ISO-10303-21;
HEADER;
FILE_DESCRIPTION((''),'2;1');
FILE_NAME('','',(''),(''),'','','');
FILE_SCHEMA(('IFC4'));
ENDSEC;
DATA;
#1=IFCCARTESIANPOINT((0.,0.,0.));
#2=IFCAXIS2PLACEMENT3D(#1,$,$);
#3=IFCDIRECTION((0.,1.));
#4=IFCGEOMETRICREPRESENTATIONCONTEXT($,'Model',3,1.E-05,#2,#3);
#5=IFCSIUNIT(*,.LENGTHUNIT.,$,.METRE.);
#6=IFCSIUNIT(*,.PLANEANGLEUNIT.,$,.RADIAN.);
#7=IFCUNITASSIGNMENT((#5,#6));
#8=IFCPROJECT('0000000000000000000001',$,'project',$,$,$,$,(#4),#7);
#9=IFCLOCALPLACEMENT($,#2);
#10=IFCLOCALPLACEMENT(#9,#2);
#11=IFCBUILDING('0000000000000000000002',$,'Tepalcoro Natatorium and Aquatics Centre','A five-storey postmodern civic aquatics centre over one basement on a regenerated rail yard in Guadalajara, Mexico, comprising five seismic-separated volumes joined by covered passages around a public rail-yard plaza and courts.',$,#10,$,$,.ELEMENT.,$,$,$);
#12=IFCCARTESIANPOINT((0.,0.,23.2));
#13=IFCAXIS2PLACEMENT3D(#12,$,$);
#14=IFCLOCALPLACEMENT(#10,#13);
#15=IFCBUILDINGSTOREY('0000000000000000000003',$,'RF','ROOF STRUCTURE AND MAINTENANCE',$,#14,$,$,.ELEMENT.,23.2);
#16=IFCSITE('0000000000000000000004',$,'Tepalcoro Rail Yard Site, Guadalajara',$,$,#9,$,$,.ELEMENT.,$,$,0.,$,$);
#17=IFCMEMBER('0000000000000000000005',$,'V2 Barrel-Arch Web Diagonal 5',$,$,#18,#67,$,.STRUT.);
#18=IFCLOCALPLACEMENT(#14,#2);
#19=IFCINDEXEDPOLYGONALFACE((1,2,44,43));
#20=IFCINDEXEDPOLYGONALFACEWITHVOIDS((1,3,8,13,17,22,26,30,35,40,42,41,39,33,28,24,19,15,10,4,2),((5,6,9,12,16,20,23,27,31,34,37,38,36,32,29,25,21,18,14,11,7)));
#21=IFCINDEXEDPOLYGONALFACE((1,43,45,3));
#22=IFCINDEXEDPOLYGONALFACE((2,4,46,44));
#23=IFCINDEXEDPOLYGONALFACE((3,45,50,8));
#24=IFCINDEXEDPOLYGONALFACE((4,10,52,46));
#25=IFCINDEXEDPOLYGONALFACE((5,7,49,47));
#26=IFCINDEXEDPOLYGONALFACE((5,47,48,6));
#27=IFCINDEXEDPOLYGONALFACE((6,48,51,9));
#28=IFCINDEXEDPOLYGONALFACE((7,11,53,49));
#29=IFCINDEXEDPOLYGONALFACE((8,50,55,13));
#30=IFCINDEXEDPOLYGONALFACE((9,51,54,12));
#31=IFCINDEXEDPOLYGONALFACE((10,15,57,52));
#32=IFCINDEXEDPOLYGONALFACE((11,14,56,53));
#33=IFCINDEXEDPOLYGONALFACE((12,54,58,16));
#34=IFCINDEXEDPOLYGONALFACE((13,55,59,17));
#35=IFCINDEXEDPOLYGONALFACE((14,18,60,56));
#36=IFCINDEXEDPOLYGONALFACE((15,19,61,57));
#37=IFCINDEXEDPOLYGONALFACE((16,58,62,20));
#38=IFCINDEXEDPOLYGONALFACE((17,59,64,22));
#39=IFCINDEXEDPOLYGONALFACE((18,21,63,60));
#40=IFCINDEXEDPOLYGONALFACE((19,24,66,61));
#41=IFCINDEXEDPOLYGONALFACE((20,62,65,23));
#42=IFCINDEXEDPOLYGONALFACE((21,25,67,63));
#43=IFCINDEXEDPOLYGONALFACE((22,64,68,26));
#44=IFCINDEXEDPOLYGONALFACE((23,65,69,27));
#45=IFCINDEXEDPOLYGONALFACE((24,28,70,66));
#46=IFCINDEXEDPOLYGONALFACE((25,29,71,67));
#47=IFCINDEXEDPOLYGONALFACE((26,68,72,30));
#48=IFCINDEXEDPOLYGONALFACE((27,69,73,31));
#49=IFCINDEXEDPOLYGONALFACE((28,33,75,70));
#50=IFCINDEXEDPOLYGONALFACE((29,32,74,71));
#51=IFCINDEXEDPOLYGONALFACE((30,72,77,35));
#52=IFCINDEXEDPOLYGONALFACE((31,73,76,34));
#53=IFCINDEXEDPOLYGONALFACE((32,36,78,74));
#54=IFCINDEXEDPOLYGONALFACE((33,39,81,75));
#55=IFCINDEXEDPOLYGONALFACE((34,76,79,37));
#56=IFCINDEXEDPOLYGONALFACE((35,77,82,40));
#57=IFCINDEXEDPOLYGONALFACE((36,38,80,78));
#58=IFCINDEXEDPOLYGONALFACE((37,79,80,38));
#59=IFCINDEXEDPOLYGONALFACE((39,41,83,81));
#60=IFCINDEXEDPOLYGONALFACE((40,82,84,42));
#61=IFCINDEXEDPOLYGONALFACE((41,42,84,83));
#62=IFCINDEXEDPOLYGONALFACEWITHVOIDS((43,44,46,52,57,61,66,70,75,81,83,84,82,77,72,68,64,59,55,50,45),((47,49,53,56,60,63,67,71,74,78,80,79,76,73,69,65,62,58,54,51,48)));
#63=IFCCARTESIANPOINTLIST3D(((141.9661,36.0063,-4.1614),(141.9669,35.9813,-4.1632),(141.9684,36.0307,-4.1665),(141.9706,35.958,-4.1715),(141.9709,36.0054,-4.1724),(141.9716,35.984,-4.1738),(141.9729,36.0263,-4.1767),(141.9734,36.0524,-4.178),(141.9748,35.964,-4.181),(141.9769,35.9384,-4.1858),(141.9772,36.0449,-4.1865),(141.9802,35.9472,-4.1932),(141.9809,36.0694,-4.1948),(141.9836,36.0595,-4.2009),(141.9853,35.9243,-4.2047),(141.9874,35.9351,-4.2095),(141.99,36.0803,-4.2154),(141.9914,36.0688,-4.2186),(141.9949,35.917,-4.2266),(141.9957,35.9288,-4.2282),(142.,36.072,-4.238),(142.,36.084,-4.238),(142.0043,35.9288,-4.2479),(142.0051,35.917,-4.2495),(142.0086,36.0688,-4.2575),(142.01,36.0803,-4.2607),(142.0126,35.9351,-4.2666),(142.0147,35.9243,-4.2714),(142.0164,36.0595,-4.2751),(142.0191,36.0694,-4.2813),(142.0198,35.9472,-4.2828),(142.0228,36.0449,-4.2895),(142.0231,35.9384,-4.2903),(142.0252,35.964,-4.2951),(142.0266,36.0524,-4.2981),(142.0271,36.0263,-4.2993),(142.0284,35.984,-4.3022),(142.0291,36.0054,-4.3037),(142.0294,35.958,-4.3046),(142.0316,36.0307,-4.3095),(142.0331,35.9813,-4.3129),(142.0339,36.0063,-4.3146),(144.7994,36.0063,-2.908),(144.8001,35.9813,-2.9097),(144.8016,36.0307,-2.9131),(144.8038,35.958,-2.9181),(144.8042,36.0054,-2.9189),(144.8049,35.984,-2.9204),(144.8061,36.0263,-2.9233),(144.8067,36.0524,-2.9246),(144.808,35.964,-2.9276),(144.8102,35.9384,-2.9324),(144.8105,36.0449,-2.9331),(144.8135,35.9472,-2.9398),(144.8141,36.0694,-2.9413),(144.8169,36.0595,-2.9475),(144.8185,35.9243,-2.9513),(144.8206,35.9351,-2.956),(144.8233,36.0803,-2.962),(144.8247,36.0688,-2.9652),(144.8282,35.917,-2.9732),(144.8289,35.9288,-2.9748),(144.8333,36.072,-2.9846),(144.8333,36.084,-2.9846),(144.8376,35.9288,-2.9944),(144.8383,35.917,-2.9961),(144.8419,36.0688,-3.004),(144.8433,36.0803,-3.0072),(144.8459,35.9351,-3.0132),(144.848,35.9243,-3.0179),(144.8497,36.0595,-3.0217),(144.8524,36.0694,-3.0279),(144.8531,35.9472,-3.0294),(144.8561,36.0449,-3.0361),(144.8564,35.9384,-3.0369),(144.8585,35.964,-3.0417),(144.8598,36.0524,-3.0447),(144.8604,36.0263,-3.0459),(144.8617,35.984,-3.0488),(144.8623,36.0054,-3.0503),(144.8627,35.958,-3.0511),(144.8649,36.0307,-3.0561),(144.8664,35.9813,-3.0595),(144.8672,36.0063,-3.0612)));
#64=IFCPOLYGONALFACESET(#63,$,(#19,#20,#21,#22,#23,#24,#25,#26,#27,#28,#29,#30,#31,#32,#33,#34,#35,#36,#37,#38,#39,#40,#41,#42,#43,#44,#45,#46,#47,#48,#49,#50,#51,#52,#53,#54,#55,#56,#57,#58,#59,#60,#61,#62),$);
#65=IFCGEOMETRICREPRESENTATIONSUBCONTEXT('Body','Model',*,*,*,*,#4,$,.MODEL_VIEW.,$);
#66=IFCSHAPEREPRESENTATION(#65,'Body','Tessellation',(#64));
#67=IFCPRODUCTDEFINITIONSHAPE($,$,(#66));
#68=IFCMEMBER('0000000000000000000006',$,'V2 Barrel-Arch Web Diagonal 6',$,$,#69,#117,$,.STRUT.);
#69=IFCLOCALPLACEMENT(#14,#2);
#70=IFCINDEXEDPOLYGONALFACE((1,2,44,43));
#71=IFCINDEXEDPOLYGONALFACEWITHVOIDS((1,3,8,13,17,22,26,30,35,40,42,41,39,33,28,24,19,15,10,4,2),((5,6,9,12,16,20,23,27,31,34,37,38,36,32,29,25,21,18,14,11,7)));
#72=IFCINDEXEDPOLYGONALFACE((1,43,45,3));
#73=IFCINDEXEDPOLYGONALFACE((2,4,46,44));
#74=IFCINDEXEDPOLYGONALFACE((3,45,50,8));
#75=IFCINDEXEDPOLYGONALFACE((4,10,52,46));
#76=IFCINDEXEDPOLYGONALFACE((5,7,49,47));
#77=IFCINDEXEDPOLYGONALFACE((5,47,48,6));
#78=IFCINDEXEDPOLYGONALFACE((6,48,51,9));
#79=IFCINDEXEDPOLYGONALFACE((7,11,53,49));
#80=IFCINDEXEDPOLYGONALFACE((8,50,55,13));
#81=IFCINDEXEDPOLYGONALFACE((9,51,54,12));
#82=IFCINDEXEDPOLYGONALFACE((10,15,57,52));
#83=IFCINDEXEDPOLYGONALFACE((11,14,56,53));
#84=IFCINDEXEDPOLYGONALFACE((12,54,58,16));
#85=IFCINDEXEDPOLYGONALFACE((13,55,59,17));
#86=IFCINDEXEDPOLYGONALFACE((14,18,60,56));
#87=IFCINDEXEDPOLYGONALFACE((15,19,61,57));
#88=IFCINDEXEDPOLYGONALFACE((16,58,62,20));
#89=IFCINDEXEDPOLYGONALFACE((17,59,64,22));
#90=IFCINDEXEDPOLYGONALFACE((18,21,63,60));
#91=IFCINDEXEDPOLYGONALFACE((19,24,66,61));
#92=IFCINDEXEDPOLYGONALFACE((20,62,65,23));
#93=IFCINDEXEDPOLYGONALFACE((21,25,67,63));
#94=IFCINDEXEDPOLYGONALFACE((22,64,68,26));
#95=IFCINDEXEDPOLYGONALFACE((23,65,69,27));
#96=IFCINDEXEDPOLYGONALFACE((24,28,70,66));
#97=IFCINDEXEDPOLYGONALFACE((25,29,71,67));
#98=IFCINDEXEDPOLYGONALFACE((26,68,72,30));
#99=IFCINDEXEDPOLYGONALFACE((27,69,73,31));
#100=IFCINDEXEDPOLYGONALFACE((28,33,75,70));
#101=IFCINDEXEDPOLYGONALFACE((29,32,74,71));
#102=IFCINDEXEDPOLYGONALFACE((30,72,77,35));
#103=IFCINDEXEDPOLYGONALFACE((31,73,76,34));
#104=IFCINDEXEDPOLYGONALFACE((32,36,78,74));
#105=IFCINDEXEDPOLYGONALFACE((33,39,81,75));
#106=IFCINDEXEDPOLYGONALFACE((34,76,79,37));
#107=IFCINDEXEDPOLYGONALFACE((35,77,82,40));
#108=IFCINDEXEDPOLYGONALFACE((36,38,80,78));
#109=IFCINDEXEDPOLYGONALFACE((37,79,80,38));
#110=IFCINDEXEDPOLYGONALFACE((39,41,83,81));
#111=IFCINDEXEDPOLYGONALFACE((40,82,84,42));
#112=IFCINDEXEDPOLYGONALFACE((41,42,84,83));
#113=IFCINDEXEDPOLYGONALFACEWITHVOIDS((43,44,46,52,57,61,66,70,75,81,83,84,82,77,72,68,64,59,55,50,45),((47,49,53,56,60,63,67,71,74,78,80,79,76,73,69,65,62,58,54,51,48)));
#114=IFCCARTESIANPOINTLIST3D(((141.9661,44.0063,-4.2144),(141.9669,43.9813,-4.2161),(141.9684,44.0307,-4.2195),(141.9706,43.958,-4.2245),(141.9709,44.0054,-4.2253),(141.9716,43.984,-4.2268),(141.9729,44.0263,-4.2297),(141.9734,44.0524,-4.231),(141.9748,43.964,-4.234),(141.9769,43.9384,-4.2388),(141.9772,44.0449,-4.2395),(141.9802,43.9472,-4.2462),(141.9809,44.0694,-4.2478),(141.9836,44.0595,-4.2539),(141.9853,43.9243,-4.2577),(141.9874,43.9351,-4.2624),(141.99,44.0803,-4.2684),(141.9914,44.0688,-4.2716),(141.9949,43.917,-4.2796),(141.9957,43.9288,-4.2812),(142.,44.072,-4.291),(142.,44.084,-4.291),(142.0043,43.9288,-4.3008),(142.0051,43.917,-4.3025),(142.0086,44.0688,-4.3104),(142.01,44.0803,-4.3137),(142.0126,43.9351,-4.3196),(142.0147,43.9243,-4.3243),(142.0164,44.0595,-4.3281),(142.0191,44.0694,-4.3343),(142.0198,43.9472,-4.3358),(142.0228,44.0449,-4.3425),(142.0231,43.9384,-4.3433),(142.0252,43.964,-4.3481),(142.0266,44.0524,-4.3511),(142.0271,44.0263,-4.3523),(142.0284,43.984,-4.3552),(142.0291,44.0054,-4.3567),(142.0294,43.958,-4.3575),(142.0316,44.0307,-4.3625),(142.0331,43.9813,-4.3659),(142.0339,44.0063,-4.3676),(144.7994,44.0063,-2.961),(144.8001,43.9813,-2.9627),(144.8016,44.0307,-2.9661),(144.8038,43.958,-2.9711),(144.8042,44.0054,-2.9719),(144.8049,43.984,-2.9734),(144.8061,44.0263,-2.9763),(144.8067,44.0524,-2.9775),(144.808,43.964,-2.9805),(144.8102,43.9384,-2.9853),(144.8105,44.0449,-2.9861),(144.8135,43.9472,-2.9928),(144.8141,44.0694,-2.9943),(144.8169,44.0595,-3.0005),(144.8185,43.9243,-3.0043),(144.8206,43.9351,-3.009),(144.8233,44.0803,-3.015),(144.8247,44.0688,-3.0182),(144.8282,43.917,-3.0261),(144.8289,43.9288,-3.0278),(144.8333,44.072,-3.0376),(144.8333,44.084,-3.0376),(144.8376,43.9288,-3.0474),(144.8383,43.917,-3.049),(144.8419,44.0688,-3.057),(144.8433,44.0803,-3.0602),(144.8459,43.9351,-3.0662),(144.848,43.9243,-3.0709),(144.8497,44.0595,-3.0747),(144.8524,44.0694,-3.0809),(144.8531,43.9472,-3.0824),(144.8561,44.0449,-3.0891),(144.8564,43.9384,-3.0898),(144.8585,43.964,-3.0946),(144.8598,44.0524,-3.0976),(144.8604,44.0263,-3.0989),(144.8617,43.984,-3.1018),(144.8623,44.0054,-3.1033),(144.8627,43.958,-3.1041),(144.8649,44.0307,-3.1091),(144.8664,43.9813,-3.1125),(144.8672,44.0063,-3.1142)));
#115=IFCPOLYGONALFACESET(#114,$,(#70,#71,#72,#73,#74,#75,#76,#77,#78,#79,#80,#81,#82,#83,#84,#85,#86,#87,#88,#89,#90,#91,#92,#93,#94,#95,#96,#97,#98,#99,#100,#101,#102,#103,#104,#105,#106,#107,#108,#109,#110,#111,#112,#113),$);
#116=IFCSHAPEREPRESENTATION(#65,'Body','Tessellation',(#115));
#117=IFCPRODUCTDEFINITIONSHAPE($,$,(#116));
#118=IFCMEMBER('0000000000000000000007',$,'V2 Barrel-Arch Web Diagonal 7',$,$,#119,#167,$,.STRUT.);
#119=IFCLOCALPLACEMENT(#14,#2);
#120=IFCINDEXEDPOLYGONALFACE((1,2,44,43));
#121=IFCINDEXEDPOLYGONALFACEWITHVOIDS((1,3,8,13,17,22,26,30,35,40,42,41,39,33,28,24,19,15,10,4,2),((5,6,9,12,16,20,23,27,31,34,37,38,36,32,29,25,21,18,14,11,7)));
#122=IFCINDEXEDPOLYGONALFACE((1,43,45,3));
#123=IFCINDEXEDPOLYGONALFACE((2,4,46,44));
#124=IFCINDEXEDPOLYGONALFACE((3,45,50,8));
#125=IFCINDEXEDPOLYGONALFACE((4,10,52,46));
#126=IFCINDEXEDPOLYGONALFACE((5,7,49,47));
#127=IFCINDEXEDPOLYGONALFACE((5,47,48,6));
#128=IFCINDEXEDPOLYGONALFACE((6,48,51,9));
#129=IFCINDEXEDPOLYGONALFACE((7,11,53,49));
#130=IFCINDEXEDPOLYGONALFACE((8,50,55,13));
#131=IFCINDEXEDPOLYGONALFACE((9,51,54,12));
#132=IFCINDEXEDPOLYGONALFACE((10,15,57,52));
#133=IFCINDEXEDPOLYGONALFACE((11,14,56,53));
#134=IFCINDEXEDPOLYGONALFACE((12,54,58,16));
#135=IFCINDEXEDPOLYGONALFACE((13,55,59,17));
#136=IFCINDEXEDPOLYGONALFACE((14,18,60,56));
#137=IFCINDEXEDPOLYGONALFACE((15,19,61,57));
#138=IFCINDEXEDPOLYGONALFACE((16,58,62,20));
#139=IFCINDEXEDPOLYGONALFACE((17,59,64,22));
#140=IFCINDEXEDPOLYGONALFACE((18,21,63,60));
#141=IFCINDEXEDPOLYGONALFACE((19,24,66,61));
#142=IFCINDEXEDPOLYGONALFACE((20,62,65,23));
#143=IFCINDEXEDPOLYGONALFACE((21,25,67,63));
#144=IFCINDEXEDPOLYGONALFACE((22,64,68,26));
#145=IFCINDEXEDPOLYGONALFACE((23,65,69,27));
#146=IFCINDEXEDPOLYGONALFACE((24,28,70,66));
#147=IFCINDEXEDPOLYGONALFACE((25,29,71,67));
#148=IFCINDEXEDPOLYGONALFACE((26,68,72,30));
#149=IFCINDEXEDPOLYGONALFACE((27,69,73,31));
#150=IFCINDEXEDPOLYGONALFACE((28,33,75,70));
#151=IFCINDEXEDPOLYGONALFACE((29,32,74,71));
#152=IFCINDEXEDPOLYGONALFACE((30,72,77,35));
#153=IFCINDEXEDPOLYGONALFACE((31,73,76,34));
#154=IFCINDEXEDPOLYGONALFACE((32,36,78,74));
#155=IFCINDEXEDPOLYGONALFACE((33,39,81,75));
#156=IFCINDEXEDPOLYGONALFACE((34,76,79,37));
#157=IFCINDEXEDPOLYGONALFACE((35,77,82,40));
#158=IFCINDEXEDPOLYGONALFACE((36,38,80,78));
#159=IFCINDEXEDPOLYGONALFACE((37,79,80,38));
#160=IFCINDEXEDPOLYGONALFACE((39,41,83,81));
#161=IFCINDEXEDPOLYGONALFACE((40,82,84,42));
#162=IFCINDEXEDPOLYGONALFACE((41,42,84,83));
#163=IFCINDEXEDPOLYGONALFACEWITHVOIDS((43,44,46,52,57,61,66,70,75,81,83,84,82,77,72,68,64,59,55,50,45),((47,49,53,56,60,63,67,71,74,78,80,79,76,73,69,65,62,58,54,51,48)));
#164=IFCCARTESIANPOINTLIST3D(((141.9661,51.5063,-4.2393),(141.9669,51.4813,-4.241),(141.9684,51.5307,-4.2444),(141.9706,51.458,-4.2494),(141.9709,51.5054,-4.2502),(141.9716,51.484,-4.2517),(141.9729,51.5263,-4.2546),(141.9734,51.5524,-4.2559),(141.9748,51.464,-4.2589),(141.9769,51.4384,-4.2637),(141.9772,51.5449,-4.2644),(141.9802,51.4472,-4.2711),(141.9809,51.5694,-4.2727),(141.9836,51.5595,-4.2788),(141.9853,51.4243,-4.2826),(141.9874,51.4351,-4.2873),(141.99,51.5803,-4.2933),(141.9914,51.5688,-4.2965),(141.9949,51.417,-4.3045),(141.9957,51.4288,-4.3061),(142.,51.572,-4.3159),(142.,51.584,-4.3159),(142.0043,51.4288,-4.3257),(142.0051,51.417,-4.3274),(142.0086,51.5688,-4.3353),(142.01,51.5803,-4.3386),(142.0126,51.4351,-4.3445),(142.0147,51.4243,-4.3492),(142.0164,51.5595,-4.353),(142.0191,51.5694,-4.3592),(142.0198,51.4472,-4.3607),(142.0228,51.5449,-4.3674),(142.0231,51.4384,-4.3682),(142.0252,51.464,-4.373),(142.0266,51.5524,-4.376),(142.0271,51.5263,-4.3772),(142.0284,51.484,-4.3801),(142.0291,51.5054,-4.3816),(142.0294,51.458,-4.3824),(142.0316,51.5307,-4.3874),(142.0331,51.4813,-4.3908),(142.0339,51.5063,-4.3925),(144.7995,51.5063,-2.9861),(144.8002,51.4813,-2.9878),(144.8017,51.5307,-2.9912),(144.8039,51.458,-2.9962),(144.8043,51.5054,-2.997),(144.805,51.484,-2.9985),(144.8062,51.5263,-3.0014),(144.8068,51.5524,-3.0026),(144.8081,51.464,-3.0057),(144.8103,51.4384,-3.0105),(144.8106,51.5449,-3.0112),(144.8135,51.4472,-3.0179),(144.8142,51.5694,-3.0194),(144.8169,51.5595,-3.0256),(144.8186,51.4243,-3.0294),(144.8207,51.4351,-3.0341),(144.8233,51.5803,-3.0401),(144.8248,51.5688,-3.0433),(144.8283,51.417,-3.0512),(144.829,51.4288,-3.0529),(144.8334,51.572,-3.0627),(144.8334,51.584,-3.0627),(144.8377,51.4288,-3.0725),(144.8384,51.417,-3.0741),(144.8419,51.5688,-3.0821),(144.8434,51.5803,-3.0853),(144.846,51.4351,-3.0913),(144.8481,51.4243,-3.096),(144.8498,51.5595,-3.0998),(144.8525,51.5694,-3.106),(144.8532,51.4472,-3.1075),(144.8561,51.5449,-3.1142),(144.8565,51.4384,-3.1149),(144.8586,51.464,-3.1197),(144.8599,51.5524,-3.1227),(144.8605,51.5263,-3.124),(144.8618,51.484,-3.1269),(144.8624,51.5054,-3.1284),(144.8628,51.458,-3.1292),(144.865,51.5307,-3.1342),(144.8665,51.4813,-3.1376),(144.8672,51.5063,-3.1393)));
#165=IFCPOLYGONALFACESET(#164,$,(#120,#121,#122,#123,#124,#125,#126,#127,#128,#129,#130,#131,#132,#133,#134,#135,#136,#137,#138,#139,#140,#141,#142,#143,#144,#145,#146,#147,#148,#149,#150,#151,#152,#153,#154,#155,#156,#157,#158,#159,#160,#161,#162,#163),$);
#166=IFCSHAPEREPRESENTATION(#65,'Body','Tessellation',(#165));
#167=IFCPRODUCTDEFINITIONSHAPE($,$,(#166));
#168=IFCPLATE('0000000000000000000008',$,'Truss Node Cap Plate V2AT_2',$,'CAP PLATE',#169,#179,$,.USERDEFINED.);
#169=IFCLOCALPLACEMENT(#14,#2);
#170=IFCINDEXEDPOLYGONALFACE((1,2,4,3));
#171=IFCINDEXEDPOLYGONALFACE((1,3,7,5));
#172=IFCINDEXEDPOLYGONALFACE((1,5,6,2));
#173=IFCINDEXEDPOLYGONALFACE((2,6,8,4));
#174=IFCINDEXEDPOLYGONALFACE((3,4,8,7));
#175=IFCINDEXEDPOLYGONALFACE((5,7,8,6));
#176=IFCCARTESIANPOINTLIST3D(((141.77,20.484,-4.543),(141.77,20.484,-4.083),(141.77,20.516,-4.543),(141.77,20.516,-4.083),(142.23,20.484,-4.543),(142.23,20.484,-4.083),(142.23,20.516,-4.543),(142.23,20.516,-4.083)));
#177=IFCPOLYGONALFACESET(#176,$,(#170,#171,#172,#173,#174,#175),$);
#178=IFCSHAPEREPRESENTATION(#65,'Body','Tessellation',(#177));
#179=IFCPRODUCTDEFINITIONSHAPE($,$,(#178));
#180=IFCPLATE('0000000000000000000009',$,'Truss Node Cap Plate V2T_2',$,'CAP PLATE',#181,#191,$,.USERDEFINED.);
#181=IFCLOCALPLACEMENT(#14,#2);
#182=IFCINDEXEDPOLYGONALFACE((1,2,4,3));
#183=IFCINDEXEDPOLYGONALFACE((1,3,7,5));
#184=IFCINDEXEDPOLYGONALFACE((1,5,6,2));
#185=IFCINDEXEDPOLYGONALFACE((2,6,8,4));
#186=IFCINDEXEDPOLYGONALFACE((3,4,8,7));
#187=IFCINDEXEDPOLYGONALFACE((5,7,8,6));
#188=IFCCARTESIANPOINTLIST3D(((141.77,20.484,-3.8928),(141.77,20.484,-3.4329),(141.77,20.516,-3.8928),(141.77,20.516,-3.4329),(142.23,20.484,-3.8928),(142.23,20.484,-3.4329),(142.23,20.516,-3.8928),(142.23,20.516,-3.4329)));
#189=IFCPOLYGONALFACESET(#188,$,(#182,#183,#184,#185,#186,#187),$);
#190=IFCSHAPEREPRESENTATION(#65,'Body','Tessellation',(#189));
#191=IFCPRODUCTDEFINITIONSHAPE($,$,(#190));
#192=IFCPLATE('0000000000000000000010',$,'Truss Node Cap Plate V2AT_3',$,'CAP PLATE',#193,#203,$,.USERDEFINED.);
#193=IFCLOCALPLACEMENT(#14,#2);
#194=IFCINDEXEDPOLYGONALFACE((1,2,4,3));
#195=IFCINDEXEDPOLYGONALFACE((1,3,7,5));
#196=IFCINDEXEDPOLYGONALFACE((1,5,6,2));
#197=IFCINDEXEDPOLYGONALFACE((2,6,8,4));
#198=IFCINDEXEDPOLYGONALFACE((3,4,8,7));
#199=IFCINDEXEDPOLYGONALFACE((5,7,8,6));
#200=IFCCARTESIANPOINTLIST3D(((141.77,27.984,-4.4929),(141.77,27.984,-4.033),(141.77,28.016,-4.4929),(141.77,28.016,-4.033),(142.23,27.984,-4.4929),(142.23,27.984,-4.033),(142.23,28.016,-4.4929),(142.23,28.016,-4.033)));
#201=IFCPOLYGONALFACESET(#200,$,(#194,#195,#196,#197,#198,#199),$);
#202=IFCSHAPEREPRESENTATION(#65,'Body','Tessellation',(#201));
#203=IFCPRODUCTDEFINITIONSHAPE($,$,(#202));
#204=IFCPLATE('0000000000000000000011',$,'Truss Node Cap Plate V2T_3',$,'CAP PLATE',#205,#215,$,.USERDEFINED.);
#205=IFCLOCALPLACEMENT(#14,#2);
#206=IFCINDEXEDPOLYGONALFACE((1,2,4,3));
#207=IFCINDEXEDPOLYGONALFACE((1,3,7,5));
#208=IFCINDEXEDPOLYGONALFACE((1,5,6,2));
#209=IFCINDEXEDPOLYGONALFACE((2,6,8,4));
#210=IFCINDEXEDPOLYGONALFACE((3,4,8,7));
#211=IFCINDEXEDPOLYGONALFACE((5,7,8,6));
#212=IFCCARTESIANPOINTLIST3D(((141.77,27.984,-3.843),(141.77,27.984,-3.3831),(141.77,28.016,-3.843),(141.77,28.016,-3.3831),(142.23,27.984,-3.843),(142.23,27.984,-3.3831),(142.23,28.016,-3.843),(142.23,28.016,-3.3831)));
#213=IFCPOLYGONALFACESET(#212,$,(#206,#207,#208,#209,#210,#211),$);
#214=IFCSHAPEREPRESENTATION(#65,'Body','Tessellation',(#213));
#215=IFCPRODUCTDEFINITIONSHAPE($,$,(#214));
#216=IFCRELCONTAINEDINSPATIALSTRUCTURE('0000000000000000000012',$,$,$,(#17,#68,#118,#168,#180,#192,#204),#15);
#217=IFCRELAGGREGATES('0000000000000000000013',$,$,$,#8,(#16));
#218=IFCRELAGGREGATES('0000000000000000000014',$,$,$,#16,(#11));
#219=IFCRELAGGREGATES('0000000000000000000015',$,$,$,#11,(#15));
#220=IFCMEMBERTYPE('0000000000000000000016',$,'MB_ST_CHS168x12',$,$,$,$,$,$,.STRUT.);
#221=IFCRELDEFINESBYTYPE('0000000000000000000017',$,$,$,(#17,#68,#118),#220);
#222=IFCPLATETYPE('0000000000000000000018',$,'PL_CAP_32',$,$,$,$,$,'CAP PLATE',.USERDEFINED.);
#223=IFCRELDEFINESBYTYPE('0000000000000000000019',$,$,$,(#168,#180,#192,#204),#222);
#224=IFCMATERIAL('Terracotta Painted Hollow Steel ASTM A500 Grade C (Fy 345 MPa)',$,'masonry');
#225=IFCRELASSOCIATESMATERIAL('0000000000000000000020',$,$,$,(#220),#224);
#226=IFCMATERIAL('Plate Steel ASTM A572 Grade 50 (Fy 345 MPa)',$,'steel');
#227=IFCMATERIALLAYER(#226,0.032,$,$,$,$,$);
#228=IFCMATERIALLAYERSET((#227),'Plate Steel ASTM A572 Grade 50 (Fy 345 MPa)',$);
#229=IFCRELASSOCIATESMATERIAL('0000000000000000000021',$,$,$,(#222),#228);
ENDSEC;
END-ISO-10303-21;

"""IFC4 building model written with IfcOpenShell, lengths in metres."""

from ifc_helpers import new_model, si_unit, direction, frame, origin, origin_2d, place, context, subcontext, project, spatial, rectangle, hollow_circle, extrude, material, layer, layer_set, material_profile, profile_set, type_object, element, save


model = new_model("IFC4")

# Units and contexts
model_context = context("Model", 3, precision=1e-05, world=origin(), true_north=direction((0.0, 1.0)))
body_context = subcontext(model_context, "Body", "Model", "MODEL_VIEW")
ifc_project = project(units=[si_unit("LENGTHUNIT", "METRE"), si_unit("PLANEANGLEUNIT", "RADIAN")], contexts=[model_context])

# Site, building, storey
site_placement = place(None, origin())
site = spatial("IfcSite", under=ifc_project, at=site_placement, Name="Tepalcoro Rail Yard Site, Guadalajara", CompositionType="ELEMENT", RefElevation=0.0)
building_placement = place(site_placement, origin())
building = spatial("IfcBuilding", under=site, at=building_placement, Name="Tepalcoro Natatorium and Aquatics Centre", Description="A five-storey postmodern civic aquatics centre over one basement on a regenerated rail yard in Guadalajara, Mexico, comprising five seismic-separated volumes joined by covered passages around a public rail-yard plaza and courts.", CompositionType="ELEMENT")
storey_placement = place(building_placement, frame((0.0, 0.0, 23.2)))
storey = spatial("IfcBuildingStorey", under=building, at=storey_placement, Name="RF", Description="ROOF STRUCTURE AND MAINTENANCE", CompositionType="ELEMENT", Elevation=23.2)

# Shared definitions
ifc_material_1 = material(Name="Terracotta Painted Hollow Steel ASTM A500 Grade C (Fy 345 MPa)", Category="masonry")

# Members
ifc_material_profile_1 = material_profile(ifc_material_1, hollow_circle(Radius=0.084, WallThickness=0.012, at=origin_2d()), Name="CHS168X12")
ifc_profile_set_1 = profile_set([ifc_material_profile_1], Name="Terracotta Painted Hollow Steel ASTM A500 Grade C (Fy 345 MPa)")
member_type_1 = type_object("IfcMemberType", Name="MB_ST_CHS168x12", PredefinedType="STRUT", material=ifc_profile_set_1)
for number, where, z_axis, x_axis, name in (
    (1, (142.0, 36.0, -4.238), (0.914506, 0.0, 0.404573), (0.0, 1.0, 0.0), "V2 Barrel-Arch Web Diagonal 5"),
    (2, (142.0, 44.0, -4.291), (0.914506, 0.0, 0.404573), (0.0, 1.0, 0.0), "V2 Barrel-Arch Web Diagonal 6"),
    (3, (142.0, 51.5, -4.3159), (0.914535, 0.0, 0.404507), (0.0, 1.0, 0.0), "V2 Barrel-Arch Web Diagonal 7"),
):
    element("IfcMember", number, at=place(storey_placement, frame(where, z_axis=z_axis, x_axis=x_axis)), inside=storey, type_object=member_type_1, Name=name, PredefinedType="STRUT", context=body_context, shape_type="SweptSolid", body=[
        extrude(hollow_circle(Radius=0.084, WallThickness=0.012, at=origin_2d()), origin(), (0.0, 0.0, 1.0), 3.0981),
    ])

# Plates
ifc_material_2 = material(Name="Plate Steel ASTM A572 Grade 50 (Fy 345 MPa)", Category="steel")
ifc_layer = layer(ifc_material_2, 0.032)
ifc_layer_set = layer_set([ifc_layer], Name="Plate Steel ASTM A572 Grade 50 (Fy 345 MPa)")
plate_type = type_object("IfcPlateType", Name="PL_CAP_32", ElementType="CAP PLATE", PredefinedType="USERDEFINED", material=ifc_layer_set)
for number, where, z_axis, x_axis, name in (
    (4, (142.0, 20.5, -4.543), (0.0, 0.0, 1.0), (1.0, 0.0, 0.0), "Truss Node Cap Plate V2AT_2"),
    (5, (142.0, 20.5, -3.8928), (0.0, 0.0, 1.0), (1.0, 0.0, 0.0), "Truss Node Cap Plate V2T_2"),
    (6, (142.0, 28.0, -4.4929), (0.0, 0.0, 1.0), (1.0, 0.0, 0.0), "Truss Node Cap Plate V2AT_3"),
    (7, (142.0, 28.0, -3.843), (0.0, 0.0, 1.0), (1.0, 0.0, 0.0), "Truss Node Cap Plate V2T_3"),
):
    element("IfcPlate", number, at=place(storey_placement, frame(where, z_axis=z_axis, x_axis=x_axis)), inside=storey, type_object=plate_type, Name=name, ObjectType="CAP PLATE", PredefinedType="USERDEFINED", context=body_context, shape_type="SweptSolid", body=[
        extrude(rectangle(XDim=0.46, YDim=0.032, at=origin_2d()), origin(), (0.0, 0.0, 1.0), 0.46),
    ])

save(model, "model.ifc")
